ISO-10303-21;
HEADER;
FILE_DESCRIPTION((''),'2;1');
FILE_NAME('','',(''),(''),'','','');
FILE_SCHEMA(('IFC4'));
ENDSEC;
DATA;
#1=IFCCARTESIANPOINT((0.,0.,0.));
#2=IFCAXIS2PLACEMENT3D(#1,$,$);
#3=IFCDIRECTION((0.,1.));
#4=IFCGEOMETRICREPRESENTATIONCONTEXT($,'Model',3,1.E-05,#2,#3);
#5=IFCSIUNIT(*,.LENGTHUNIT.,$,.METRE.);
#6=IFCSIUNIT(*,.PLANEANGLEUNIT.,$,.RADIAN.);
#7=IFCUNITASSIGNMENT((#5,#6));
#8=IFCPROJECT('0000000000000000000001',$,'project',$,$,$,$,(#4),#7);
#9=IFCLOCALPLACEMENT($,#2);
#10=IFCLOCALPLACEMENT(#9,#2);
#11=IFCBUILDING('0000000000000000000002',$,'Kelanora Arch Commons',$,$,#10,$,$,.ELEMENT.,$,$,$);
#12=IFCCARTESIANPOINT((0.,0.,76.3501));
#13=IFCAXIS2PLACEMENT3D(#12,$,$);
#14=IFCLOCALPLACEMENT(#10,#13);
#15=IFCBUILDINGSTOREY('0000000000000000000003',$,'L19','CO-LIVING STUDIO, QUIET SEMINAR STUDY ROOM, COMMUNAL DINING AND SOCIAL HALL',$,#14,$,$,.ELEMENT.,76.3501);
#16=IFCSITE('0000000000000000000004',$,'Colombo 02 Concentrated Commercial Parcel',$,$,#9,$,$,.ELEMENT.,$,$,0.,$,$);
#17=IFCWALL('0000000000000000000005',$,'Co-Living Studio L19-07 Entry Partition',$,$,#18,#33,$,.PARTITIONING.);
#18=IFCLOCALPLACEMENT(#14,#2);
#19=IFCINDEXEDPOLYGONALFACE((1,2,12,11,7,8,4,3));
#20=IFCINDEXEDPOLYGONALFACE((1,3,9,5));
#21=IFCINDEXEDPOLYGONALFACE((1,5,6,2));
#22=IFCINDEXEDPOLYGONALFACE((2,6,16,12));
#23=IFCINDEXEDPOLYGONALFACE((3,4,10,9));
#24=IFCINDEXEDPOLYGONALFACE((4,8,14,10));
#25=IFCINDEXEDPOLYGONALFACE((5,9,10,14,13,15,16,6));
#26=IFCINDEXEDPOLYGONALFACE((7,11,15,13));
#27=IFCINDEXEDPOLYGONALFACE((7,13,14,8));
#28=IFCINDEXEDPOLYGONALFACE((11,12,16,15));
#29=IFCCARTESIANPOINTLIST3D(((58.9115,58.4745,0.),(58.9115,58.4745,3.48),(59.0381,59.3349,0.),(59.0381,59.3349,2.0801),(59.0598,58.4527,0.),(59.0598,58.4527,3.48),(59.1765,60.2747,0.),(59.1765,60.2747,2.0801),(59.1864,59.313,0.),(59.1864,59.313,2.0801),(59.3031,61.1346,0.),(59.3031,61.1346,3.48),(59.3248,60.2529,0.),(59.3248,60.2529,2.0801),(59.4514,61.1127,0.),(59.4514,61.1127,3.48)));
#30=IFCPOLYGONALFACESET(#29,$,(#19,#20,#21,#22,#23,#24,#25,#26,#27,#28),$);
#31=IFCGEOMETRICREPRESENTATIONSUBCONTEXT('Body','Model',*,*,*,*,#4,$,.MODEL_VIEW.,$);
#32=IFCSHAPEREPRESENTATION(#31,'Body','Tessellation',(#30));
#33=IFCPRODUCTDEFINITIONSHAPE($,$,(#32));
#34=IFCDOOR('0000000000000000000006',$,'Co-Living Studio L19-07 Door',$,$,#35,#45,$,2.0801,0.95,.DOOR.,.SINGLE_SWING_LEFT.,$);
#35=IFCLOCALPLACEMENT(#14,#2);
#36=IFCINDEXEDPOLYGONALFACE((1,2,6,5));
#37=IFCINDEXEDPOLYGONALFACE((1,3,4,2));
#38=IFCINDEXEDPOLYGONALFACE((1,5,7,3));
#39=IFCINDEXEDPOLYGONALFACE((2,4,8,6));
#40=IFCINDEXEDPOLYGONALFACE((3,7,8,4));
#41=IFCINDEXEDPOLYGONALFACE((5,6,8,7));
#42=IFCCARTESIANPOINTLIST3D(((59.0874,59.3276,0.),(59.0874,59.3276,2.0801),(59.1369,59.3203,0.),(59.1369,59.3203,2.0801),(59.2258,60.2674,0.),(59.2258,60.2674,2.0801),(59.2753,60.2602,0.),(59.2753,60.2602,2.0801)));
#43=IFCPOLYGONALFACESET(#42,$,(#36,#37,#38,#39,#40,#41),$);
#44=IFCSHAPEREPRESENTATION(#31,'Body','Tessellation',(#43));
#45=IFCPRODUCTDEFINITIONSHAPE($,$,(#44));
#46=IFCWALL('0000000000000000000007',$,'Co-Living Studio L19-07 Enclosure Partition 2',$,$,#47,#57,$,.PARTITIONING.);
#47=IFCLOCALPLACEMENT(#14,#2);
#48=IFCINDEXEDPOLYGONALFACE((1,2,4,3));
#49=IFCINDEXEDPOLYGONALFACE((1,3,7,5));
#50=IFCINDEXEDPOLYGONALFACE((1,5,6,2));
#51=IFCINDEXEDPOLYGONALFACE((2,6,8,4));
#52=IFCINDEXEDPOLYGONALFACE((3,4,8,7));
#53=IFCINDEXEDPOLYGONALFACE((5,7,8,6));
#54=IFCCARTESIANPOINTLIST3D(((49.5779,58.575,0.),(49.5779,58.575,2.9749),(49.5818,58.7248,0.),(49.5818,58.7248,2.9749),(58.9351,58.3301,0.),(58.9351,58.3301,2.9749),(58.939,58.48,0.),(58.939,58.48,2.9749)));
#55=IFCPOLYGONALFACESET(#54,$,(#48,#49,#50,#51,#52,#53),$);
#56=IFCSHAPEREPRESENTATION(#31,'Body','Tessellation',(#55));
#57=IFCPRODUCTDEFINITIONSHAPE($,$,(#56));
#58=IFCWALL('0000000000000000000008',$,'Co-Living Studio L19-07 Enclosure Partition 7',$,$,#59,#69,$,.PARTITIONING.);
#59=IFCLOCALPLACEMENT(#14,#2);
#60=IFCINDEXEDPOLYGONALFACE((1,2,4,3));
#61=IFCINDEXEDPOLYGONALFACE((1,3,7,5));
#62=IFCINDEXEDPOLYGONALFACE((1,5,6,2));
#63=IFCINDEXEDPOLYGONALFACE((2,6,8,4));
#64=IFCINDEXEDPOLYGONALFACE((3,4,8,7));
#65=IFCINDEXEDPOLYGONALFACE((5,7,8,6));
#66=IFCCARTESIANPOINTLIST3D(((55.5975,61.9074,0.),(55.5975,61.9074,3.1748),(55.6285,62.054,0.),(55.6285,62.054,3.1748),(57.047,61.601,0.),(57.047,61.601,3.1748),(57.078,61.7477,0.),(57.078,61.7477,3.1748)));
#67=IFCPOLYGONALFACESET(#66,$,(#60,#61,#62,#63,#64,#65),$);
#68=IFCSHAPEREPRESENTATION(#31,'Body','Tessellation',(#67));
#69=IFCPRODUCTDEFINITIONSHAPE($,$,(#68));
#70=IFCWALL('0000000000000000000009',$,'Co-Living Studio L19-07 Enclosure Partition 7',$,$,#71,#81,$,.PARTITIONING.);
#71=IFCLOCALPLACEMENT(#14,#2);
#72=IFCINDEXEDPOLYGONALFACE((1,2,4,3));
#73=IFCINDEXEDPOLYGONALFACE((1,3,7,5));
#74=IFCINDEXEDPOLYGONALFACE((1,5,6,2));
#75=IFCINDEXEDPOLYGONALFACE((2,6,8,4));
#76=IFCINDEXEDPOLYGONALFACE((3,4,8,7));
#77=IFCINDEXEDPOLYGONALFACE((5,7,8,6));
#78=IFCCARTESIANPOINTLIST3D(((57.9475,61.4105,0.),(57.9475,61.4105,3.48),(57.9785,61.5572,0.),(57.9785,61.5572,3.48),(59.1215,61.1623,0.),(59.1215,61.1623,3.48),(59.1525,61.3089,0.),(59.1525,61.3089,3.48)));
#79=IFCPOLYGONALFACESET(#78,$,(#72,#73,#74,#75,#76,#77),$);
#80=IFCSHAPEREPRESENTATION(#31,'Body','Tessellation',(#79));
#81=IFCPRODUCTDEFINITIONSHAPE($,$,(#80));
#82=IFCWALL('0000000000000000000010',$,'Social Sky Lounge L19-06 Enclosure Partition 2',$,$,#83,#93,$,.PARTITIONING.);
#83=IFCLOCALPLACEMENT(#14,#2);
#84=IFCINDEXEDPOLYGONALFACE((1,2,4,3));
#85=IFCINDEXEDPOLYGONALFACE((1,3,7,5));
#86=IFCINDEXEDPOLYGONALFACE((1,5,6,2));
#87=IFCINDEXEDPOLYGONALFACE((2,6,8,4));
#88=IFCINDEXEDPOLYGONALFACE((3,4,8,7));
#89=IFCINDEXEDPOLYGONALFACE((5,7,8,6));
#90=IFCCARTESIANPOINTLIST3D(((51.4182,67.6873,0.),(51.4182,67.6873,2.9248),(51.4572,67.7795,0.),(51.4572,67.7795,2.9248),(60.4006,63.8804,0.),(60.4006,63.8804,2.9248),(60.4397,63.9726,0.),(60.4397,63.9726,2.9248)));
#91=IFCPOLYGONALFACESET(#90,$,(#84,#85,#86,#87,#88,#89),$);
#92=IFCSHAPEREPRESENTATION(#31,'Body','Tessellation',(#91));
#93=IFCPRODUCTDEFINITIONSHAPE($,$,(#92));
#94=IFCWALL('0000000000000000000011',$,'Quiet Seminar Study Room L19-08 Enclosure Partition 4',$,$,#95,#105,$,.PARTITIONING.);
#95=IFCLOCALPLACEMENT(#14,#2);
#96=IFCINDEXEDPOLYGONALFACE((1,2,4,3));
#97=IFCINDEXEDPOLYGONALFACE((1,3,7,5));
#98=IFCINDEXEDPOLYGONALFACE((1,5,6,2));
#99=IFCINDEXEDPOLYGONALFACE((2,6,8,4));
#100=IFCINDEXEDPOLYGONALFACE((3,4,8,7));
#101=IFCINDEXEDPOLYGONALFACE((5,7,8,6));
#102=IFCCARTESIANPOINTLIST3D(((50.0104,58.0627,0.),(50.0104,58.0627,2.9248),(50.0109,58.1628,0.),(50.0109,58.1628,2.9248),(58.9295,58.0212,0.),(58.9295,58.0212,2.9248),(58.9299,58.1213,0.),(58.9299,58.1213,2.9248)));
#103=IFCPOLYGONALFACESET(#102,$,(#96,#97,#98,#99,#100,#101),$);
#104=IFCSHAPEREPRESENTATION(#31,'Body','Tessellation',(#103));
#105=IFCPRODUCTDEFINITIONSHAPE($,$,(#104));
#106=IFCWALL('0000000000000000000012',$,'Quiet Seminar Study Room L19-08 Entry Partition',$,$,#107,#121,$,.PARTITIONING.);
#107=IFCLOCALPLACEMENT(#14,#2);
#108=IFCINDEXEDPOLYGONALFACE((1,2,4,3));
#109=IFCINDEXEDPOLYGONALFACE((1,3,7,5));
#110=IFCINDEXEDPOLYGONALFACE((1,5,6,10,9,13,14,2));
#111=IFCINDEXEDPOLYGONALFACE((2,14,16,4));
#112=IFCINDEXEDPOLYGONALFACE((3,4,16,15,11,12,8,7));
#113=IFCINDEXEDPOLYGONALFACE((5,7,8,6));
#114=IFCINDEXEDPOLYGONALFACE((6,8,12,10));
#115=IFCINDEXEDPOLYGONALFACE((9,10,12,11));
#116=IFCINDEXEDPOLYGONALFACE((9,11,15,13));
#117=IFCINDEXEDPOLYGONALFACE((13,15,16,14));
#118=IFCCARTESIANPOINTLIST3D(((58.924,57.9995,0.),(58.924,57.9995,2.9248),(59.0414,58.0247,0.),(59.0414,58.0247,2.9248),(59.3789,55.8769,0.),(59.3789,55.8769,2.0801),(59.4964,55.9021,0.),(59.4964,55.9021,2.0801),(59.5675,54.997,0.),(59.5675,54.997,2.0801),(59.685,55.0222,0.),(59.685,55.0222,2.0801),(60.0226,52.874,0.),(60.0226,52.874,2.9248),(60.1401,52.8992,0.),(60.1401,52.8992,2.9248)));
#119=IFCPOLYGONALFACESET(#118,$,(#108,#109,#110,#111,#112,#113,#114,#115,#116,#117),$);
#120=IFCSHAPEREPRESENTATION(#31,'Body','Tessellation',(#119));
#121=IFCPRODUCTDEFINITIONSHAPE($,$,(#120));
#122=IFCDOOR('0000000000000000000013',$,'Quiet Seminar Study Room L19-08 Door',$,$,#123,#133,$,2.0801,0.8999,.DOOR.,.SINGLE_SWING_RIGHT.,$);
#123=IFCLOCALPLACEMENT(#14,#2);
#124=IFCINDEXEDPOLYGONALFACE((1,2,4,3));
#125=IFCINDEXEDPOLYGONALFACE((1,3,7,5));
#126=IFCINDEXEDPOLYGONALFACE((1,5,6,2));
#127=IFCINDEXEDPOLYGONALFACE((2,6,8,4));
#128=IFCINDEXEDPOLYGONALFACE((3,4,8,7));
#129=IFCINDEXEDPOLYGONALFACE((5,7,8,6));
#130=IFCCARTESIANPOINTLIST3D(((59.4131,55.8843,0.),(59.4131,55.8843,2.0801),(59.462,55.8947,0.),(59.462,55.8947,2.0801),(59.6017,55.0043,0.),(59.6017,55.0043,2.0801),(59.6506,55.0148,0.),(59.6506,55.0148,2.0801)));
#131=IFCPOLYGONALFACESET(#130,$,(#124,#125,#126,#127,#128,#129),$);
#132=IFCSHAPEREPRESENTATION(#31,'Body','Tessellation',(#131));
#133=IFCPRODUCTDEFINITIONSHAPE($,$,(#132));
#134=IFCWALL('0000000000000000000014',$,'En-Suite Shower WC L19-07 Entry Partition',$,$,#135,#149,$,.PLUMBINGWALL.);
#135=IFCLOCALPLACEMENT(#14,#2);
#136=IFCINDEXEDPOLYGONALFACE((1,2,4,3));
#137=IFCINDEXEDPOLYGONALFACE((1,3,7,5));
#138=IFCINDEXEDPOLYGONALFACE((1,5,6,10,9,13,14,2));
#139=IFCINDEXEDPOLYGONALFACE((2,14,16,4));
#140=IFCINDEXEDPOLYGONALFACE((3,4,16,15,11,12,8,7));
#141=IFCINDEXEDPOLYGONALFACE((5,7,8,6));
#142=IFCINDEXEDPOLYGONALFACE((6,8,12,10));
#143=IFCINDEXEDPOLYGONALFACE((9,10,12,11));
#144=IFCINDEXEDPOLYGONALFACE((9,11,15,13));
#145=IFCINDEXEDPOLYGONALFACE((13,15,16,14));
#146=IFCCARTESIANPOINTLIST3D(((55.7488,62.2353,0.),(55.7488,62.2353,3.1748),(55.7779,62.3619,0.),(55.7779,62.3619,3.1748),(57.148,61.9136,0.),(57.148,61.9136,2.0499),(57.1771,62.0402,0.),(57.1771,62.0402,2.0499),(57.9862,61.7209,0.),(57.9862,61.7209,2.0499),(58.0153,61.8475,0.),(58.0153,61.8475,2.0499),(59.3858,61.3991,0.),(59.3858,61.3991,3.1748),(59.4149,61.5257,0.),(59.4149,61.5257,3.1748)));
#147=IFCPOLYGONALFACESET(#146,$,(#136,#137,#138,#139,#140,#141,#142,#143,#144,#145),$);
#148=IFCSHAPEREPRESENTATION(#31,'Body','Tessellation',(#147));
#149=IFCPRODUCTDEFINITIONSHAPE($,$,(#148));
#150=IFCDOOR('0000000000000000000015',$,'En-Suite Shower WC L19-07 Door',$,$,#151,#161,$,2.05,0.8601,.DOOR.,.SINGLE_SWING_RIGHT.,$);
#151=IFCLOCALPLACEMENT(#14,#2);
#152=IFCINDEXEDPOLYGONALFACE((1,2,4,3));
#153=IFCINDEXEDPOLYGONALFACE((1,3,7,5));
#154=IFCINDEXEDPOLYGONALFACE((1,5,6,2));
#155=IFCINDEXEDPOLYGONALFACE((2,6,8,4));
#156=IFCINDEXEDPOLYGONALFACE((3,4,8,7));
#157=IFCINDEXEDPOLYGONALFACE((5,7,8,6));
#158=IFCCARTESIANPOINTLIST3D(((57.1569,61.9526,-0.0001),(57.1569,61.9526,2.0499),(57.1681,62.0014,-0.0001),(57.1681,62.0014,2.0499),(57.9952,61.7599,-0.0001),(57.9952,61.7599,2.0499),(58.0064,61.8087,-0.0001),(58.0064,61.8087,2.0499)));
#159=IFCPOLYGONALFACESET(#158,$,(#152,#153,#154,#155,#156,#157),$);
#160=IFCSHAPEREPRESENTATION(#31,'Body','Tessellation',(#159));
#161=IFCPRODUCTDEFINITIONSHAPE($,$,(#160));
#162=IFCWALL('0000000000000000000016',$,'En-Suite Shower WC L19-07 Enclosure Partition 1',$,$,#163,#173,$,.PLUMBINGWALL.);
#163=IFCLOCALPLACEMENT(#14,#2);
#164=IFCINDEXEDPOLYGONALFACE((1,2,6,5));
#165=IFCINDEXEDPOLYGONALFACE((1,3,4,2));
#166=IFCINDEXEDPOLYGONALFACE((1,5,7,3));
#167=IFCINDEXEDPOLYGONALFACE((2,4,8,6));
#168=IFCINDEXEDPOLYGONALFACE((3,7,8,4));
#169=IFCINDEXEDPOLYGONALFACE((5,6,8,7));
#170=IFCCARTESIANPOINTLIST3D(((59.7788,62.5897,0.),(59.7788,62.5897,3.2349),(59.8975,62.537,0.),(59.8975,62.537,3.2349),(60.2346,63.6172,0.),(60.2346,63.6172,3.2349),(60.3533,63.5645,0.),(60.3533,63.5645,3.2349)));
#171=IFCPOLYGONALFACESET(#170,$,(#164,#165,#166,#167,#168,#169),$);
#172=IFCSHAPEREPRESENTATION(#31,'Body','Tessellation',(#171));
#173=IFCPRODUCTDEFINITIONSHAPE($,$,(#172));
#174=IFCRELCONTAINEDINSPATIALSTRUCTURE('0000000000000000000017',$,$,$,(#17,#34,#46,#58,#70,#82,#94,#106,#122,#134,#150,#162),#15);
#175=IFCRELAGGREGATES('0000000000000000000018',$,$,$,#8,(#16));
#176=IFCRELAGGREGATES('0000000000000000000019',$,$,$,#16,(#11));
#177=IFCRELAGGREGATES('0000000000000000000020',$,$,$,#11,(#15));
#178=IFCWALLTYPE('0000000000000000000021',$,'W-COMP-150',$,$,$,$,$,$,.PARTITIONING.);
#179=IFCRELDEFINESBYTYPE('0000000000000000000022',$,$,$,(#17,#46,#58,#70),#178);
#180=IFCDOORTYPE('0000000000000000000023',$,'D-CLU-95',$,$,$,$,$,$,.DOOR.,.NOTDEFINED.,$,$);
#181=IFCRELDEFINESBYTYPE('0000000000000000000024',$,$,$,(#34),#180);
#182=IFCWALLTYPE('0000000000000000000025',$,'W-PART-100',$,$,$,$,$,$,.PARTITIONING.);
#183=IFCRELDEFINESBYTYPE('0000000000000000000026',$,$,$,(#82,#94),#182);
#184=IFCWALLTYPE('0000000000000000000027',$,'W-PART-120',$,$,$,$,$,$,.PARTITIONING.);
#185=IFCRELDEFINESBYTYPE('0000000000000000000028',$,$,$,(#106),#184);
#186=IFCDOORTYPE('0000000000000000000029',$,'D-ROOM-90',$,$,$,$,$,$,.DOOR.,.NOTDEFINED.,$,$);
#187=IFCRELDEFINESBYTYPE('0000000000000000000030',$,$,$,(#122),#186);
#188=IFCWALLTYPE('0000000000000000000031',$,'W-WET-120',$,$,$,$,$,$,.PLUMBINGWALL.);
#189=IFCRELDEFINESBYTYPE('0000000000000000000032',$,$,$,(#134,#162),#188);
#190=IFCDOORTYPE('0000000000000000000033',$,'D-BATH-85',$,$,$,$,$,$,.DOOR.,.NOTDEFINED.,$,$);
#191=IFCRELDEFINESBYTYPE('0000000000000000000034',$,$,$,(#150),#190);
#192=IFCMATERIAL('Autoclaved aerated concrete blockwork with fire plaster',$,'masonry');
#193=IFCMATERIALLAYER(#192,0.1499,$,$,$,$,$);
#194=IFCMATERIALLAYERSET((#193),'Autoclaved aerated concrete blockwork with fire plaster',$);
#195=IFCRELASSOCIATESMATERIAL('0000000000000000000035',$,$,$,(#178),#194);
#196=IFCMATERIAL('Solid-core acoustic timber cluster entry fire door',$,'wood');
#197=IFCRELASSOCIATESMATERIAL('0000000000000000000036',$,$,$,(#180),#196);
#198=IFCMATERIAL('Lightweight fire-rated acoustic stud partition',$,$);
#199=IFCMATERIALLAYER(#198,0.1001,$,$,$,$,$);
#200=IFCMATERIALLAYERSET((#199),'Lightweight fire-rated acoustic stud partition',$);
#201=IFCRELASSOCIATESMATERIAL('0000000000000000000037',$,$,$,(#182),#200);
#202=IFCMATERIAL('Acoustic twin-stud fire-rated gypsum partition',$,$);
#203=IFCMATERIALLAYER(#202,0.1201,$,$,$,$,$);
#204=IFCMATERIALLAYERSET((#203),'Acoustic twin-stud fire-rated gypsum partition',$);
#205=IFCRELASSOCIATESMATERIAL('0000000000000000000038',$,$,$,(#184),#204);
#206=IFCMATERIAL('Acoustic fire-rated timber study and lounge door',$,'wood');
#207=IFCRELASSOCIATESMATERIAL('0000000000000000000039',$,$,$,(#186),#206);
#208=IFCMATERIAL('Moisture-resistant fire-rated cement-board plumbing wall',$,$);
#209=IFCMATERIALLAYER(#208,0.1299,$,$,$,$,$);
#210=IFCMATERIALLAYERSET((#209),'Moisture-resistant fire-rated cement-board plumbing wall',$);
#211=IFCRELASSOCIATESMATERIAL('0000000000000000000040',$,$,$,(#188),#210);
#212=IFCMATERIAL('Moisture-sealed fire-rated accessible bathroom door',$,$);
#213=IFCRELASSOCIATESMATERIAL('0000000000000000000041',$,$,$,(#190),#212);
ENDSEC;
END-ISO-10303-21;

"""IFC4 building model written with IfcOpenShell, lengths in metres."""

from ifc_helpers import new_model, si_unit, direction, frame, frame_2d, origin, place, context, subcontext, project, spatial, rectangle, extrude, material, layer, layer_set, type_object, element, fill, save


model = new_model("IFC4")

# Units and contexts
model_context = context("Model", 3, precision=1e-05, world=origin(), true_north=direction((0.0, 1.0)))
body_context = subcontext(model_context, "Body", "Model", "MODEL_VIEW")
ifc_project = project(units=[si_unit("LENGTHUNIT", "METRE"), si_unit("PLANEANGLEUNIT", "RADIAN")], contexts=[model_context])

# Site, building, storey
site_placement = place(None, origin())
site = spatial("IfcSite", under=ifc_project, at=site_placement, Name="Colombo 02 Concentrated Commercial Parcel", CompositionType="ELEMENT", RefElevation=0.0)
building_placement = place(site_placement, origin())
building = spatial("IfcBuilding", under=site, at=building_placement, Name="Kelanora Arch Commons", CompositionType="ELEMENT")
storey_placement = place(building_placement, frame((0.0, 0.0, 76.3501)))
storey = spatial("IfcBuildingStorey", under=building, at=storey_placement, Name="L19", Description="CO-LIVING STUDIO, QUIET SEMINAR STUDY ROOM, COMMUNAL DINING AND SOCIAL HALL", CompositionType="ELEMENT", Elevation=76.3501)

# Wall, opening, door
ifc_material_1 = material(Name="Autoclaved aerated concrete blockwork with fire plaster", Category="masonry")
ifc_layer_1 = layer(ifc_material_1, 0.1499)
ifc_layer_set_1 = layer_set([ifc_layer_1], Name="Autoclaved aerated concrete blockwork with fire plaster")
wall_type_1 = type_object("IfcWallType", Name="W-COMP-150", PredefinedType="PARTITIONING", material=ifc_layer_set_1)
wall_1_placement = place(storey_placement, frame((59.3772, 61.1235, 0.0), z_axis=(0.0, 0.0, 1.0), x_axis=(-0.14564, -0.989338, 0.0)))
wall_1 = element("IfcWall", 1, at=wall_1_placement, inside=storey, type_object=wall_type_1, Name="Co-Living Studio L19-07 Entry Partition", PredefinedType="PARTITIONING", context=body_context, shape_type="SweptSolid", body=[
    extrude(rectangle(XDim=2.6887, YDim=0.1499, at=frame_2d((1.3442, 0.0))), origin(), (0.0, 0.0, 1.0), 3.48),
])
opening_1_placement = place(wall_1_placement, frame((0.8689, 0.0, 0.0)))
opening_1 = element("IfcOpeningElement", 2, at=opening_1_placement, cuts=wall_1, PredefinedType="OPENING", context=body_context, shape_type="SweptSolid", body=[
    extrude(rectangle(XDim=0.95, YDim=2.0801, at=frame_2d((0.4751, 1.04))), frame((0.0, 0.085, 0.0), z_axis=(0.0, -1.0, 0.0), x_axis=(1.0, 0.0, 0.0)), (0.0, 0.0, 1.0), 0.1699),
])
ifc_material_2 = material(Name="Solid-core acoustic timber cluster entry fire door", Category="wood")
door_type_1 = type_object("IfcDoorType", Name="D-CLU-95", OperationType="NOTDEFINED", PredefinedType="DOOR", material=ifc_material_2)
door_1_placement = place(opening_1_placement, origin())
door_1 = element("IfcDoor", 3, at=door_1_placement, inside=storey, type_object=door_type_1, Name="Co-Living Studio L19-07 Door", OperationType="SINGLE_SWING_LEFT", OverallHeight=2.0801, OverallWidth=0.95, PredefinedType="DOOR", context=body_context, shape_type="SweptSolid", body=[
    extrude(rectangle(XDim=0.95, YDim=2.0801, at=frame_2d((0.4751, 1.04))), frame((0.0, 0.0249, 0.0), z_axis=(0.0, -1.0, 0.0), x_axis=(1.0, 0.0, 0.0)), (0.0, 0.0, 1.0), 0.05),
])
fill(opening_1, door_1)

# Walls
wall_2_placement = place(storey_placement, frame((58.937, 58.405, 0.0), z_axis=(0.0, 0.0, 1.0), x_axis=(-0.999658, 0.026161, 0.0)))
element("IfcWall", 4, at=wall_2_placement, inside=storey, type_object=wall_type_1, Name="Co-Living Studio L19-07 Enclosure Partition 2", PredefinedType="PARTITIONING", context=body_context, shape_type="SweptSolid", body=[
    extrude(rectangle(XDim=9.3604, YDim=0.1499, at=frame_2d((4.6802, 0.0))), origin(), (0.0, 0.0, 1.0), 2.9749),
])
wall_3_placement = place(storey_placement, frame((55.613, 61.9807, 0.0), z_axis=(0.0, 0.0, 1.0), x_axis=(0.97838, -0.206816, 0.0)))
element("IfcWall", 5, at=wall_3_placement, inside=storey, type_object=wall_type_1, Name="Co-Living Studio L19-07 Enclosure Partition 7", PredefinedType="PARTITIONING", context=body_context, shape_type="SweptSolid", body=[
    extrude(rectangle(XDim=1.4814, YDim=0.1499, at=frame_2d((0.7407, 0.0))), origin(), (0.0, 0.0, 1.0), 3.1748),
])
wall_4_placement = place(storey_placement, frame((57.9629, 61.4839, 0.0), z_axis=(0.0, 0.0, 1.0), x_axis=(0.978362, -0.206902, 0.0)))
element("IfcWall", 6, at=wall_4_placement, inside=storey, type_object=wall_type_1, Name="Co-Living Studio L19-07 Enclosure Partition 7", PredefinedType="PARTITIONING", context=body_context, shape_type="SweptSolid", body=[
    extrude(rectangle(XDim=1.2, YDim=0.1499, at=frame_2d((0.6001, 0.0))), origin(), (0.0, 0.0, 1.0), 3.48),
])
ifc_material_3 = material(Name="Lightweight fire-rated acoustic stud partition")
ifc_layer_2 = layer(ifc_material_3, 0.1001)
ifc_layer_set_2 = layer_set([ifc_layer_2], Name="Lightweight fire-rated acoustic stud partition")
wall_type_2 = type_object("IfcWallType", Name="W-PART-100", PredefinedType="PARTITIONING", material=ifc_layer_set_2)
wall_5_placement = place(storey_placement, frame((60.4202, 63.9265, 0.0), z_axis=(0.0, 0.0, 1.0), x_axis=(-0.920723, 0.390216, 0.0)))
element("IfcWall", 7, at=wall_5_placement, inside=storey, type_object=wall_type_2, Name="Social Sky Lounge L19-06 Enclosure Partition 2", PredefinedType="PARTITIONING", context=body_context, shape_type="SweptSolid", body=[
    extrude(rectangle(XDim=9.7559, YDim=0.1001, at=frame_2d((4.8779, 0.0))), origin(), (0.0, 0.0, 1.0), 2.9248),
])
wall_6_placement = place(storey_placement, frame((50.0107, 58.1128, 0.0), z_axis=(0.0, 0.0, 1.0), x_axis=(0.999989, -0.004653, 0.0)))
element("IfcWall", 8, at=wall_6_placement, inside=storey, type_object=wall_type_2, Name="Quiet Seminar Study Room L19-08 Enclosure Partition 4", PredefinedType="PARTITIONING", context=body_context, shape_type="SweptSolid", body=[
    extrude(rectangle(XDim=8.9192, YDim=0.1001, at=frame_2d((4.4595, 0.0))), origin(), (0.0, 0.0, 1.0), 2.9248),
])

# Walls, openings, doors
ifc_material_4 = material(Name="Acoustic twin-stud fire-rated gypsum partition")
ifc_layer_3 = layer(ifc_material_4, 0.1201)
ifc_layer_set_3 = layer_set([ifc_layer_3], Name="Acoustic twin-stud fire-rated gypsum partition")
wall_type_3 = type_object("IfcWallType", Name="W-PART-120", PredefinedType="PARTITIONING", material=ifc_layer_set_3)
wall_7_placement = place(storey_placement, frame((58.9827, 58.0122, 0.0), z_axis=(0.0, 0.0, 1.0), x_axis=(0.209586, -0.97779, 0.0)))
wall_7 = element("IfcWall", 9, at=wall_7_placement, inside=storey, type_object=wall_type_3, Name="Quiet Seminar Study Room L19-08 Entry Partition", PredefinedType="PARTITIONING", context=body_context, shape_type="SweptSolid", body=[
    extrude(rectangle(XDim=5.2419, YDim=0.1201, at=frame_2d((2.6211, 0.0))), origin(), (0.0, 0.0, 1.0), 2.9248),
])
opening_2_placement = place(wall_7_placement, frame((2.1709, 0.0, 0.0)))
opening_2 = element("IfcOpeningElement", 10, at=opening_2_placement, cuts=wall_7, PredefinedType="OPENING", context=body_context, shape_type="SweptSolid", body=[
    extrude(rectangle(XDim=0.8999, YDim=2.0801, at=frame_2d((0.45, 1.04))), frame((0.0, 0.0701, 0.0), z_axis=(0.0, -1.0, 0.0), x_axis=(1.0, 0.0, 0.0)), (0.0, 0.0, 1.0), 0.1401),
])
ifc_material_5 = material(Name="Acoustic fire-rated timber study and lounge door", Category="wood")
door_type_2 = type_object("IfcDoorType", Name="D-ROOM-90", OperationType="NOTDEFINED", PredefinedType="DOOR", material=ifc_material_5)
door_2_placement = place(opening_2_placement, origin())
door_2 = element("IfcDoor", 11, at=door_2_placement, inside=storey, type_object=door_type_2, Name="Quiet Seminar Study Room L19-08 Door", OperationType="SINGLE_SWING_RIGHT", OverallHeight=2.0801, OverallWidth=0.8999, PredefinedType="DOOR", context=body_context, shape_type="SweptSolid", body=[
    extrude(rectangle(XDim=0.8999, YDim=2.0801, at=frame_2d((0.45, 1.04))), frame((0.0, 0.0249, 0.0), z_axis=(0.0, -1.0, 0.0), x_axis=(1.0, 0.0, 0.0)), (0.0, 0.0, 1.0), 0.05),
])
fill(opening_2, door_2)
ifc_material_6 = material(Name="Moisture-resistant fire-rated cement-board plumbing wall")
ifc_layer_4 = layer(ifc_material_6, 0.1299)
ifc_layer_set_4 = layer_set([ifc_layer_4], Name="Moisture-resistant fire-rated cement-board plumbing wall")
wall_type_4 = type_object("IfcWallType", Name="W-WET-120", PredefinedType="PLUMBINGWALL", material=ifc_layer_set_4)
wall_8_placement = place(storey_placement, frame((59.4004, 61.4624, 0.0), z_axis=(0.0, 0.0, 1.0), x_axis=(-0.974574, 0.224066, 0.0)))
wall_8 = element("IfcWall", 12, at=wall_8_placement, inside=storey, type_object=wall_type_4, Name="En-Suite Shower WC L19-07 Entry Partition", PredefinedType="PLUMBINGWALL", context=body_context, shape_type="SweptSolid", body=[
    extrude(rectangle(XDim=3.7319, YDim=0.1299, at=frame_2d((1.866, 0.0))), origin(), (0.0, 0.0, 1.0), 3.1748),
])
opening_3_placement = place(wall_8_placement, frame((1.436, 0.0, 0.0)))
opening_3 = element("IfcOpeningElement", 13, at=opening_3_placement, cuts=wall_8, PredefinedType="OPENING", context=body_context, shape_type="SweptSolid", body=[
    extrude(rectangle(XDim=0.8601, YDim=2.05, at=frame_2d((0.4302, 1.0249))), frame((0.0, 0.075, 0.0), z_axis=(0.0, -1.0, 0.0), x_axis=(1.0, 0.0, 0.0)), (0.0, 0.0, 1.0), 0.1499),
])
ifc_material_7 = material(Name="Moisture-sealed fire-rated accessible bathroom door")
door_type_3 = type_object("IfcDoorType", Name="D-BATH-85", OperationType="NOTDEFINED", PredefinedType="DOOR", material=ifc_material_7)
door_3_placement = place(opening_3_placement, origin())
door_3 = element("IfcDoor", 14, at=door_3_placement, inside=storey, type_object=door_type_3, Name="En-Suite Shower WC L19-07 Door", OperationType="SINGLE_SWING_RIGHT", OverallHeight=2.05, OverallWidth=0.8601, PredefinedType="DOOR", context=body_context, shape_type="SweptSolid", body=[
    extrude(rectangle(XDim=0.8601, YDim=2.05, at=frame_2d((0.4302, 1.0249))), frame((0.0, 0.0249, 0.0), z_axis=(0.0, -1.0, 0.0), x_axis=(1.0, 0.0, 0.0)), (0.0, 0.0, 1.0), 0.05),
])
fill(opening_3, door_3)

# Wall
wall_9_placement = place(storey_placement, frame((60.2939, 63.5908, 0.0), z_axis=(0.0, 0.0, 1.0), x_axis=(-0.405473, -0.914107, 0.0)))
element("IfcWall", 15, at=wall_9_placement, inside=storey, type_object=wall_type_4, Name="En-Suite Shower WC L19-07 Enclosure Partition 1", PredefinedType="PLUMBINGWALL", context=body_context, shape_type="SweptSolid", body=[
    extrude(rectangle(XDim=1.124, YDim=0.1299, at=frame_2d((0.562, 0.0))), origin(), (0.0, 0.0, 1.0), 3.2349),
])

save(model, "model.ifc")
